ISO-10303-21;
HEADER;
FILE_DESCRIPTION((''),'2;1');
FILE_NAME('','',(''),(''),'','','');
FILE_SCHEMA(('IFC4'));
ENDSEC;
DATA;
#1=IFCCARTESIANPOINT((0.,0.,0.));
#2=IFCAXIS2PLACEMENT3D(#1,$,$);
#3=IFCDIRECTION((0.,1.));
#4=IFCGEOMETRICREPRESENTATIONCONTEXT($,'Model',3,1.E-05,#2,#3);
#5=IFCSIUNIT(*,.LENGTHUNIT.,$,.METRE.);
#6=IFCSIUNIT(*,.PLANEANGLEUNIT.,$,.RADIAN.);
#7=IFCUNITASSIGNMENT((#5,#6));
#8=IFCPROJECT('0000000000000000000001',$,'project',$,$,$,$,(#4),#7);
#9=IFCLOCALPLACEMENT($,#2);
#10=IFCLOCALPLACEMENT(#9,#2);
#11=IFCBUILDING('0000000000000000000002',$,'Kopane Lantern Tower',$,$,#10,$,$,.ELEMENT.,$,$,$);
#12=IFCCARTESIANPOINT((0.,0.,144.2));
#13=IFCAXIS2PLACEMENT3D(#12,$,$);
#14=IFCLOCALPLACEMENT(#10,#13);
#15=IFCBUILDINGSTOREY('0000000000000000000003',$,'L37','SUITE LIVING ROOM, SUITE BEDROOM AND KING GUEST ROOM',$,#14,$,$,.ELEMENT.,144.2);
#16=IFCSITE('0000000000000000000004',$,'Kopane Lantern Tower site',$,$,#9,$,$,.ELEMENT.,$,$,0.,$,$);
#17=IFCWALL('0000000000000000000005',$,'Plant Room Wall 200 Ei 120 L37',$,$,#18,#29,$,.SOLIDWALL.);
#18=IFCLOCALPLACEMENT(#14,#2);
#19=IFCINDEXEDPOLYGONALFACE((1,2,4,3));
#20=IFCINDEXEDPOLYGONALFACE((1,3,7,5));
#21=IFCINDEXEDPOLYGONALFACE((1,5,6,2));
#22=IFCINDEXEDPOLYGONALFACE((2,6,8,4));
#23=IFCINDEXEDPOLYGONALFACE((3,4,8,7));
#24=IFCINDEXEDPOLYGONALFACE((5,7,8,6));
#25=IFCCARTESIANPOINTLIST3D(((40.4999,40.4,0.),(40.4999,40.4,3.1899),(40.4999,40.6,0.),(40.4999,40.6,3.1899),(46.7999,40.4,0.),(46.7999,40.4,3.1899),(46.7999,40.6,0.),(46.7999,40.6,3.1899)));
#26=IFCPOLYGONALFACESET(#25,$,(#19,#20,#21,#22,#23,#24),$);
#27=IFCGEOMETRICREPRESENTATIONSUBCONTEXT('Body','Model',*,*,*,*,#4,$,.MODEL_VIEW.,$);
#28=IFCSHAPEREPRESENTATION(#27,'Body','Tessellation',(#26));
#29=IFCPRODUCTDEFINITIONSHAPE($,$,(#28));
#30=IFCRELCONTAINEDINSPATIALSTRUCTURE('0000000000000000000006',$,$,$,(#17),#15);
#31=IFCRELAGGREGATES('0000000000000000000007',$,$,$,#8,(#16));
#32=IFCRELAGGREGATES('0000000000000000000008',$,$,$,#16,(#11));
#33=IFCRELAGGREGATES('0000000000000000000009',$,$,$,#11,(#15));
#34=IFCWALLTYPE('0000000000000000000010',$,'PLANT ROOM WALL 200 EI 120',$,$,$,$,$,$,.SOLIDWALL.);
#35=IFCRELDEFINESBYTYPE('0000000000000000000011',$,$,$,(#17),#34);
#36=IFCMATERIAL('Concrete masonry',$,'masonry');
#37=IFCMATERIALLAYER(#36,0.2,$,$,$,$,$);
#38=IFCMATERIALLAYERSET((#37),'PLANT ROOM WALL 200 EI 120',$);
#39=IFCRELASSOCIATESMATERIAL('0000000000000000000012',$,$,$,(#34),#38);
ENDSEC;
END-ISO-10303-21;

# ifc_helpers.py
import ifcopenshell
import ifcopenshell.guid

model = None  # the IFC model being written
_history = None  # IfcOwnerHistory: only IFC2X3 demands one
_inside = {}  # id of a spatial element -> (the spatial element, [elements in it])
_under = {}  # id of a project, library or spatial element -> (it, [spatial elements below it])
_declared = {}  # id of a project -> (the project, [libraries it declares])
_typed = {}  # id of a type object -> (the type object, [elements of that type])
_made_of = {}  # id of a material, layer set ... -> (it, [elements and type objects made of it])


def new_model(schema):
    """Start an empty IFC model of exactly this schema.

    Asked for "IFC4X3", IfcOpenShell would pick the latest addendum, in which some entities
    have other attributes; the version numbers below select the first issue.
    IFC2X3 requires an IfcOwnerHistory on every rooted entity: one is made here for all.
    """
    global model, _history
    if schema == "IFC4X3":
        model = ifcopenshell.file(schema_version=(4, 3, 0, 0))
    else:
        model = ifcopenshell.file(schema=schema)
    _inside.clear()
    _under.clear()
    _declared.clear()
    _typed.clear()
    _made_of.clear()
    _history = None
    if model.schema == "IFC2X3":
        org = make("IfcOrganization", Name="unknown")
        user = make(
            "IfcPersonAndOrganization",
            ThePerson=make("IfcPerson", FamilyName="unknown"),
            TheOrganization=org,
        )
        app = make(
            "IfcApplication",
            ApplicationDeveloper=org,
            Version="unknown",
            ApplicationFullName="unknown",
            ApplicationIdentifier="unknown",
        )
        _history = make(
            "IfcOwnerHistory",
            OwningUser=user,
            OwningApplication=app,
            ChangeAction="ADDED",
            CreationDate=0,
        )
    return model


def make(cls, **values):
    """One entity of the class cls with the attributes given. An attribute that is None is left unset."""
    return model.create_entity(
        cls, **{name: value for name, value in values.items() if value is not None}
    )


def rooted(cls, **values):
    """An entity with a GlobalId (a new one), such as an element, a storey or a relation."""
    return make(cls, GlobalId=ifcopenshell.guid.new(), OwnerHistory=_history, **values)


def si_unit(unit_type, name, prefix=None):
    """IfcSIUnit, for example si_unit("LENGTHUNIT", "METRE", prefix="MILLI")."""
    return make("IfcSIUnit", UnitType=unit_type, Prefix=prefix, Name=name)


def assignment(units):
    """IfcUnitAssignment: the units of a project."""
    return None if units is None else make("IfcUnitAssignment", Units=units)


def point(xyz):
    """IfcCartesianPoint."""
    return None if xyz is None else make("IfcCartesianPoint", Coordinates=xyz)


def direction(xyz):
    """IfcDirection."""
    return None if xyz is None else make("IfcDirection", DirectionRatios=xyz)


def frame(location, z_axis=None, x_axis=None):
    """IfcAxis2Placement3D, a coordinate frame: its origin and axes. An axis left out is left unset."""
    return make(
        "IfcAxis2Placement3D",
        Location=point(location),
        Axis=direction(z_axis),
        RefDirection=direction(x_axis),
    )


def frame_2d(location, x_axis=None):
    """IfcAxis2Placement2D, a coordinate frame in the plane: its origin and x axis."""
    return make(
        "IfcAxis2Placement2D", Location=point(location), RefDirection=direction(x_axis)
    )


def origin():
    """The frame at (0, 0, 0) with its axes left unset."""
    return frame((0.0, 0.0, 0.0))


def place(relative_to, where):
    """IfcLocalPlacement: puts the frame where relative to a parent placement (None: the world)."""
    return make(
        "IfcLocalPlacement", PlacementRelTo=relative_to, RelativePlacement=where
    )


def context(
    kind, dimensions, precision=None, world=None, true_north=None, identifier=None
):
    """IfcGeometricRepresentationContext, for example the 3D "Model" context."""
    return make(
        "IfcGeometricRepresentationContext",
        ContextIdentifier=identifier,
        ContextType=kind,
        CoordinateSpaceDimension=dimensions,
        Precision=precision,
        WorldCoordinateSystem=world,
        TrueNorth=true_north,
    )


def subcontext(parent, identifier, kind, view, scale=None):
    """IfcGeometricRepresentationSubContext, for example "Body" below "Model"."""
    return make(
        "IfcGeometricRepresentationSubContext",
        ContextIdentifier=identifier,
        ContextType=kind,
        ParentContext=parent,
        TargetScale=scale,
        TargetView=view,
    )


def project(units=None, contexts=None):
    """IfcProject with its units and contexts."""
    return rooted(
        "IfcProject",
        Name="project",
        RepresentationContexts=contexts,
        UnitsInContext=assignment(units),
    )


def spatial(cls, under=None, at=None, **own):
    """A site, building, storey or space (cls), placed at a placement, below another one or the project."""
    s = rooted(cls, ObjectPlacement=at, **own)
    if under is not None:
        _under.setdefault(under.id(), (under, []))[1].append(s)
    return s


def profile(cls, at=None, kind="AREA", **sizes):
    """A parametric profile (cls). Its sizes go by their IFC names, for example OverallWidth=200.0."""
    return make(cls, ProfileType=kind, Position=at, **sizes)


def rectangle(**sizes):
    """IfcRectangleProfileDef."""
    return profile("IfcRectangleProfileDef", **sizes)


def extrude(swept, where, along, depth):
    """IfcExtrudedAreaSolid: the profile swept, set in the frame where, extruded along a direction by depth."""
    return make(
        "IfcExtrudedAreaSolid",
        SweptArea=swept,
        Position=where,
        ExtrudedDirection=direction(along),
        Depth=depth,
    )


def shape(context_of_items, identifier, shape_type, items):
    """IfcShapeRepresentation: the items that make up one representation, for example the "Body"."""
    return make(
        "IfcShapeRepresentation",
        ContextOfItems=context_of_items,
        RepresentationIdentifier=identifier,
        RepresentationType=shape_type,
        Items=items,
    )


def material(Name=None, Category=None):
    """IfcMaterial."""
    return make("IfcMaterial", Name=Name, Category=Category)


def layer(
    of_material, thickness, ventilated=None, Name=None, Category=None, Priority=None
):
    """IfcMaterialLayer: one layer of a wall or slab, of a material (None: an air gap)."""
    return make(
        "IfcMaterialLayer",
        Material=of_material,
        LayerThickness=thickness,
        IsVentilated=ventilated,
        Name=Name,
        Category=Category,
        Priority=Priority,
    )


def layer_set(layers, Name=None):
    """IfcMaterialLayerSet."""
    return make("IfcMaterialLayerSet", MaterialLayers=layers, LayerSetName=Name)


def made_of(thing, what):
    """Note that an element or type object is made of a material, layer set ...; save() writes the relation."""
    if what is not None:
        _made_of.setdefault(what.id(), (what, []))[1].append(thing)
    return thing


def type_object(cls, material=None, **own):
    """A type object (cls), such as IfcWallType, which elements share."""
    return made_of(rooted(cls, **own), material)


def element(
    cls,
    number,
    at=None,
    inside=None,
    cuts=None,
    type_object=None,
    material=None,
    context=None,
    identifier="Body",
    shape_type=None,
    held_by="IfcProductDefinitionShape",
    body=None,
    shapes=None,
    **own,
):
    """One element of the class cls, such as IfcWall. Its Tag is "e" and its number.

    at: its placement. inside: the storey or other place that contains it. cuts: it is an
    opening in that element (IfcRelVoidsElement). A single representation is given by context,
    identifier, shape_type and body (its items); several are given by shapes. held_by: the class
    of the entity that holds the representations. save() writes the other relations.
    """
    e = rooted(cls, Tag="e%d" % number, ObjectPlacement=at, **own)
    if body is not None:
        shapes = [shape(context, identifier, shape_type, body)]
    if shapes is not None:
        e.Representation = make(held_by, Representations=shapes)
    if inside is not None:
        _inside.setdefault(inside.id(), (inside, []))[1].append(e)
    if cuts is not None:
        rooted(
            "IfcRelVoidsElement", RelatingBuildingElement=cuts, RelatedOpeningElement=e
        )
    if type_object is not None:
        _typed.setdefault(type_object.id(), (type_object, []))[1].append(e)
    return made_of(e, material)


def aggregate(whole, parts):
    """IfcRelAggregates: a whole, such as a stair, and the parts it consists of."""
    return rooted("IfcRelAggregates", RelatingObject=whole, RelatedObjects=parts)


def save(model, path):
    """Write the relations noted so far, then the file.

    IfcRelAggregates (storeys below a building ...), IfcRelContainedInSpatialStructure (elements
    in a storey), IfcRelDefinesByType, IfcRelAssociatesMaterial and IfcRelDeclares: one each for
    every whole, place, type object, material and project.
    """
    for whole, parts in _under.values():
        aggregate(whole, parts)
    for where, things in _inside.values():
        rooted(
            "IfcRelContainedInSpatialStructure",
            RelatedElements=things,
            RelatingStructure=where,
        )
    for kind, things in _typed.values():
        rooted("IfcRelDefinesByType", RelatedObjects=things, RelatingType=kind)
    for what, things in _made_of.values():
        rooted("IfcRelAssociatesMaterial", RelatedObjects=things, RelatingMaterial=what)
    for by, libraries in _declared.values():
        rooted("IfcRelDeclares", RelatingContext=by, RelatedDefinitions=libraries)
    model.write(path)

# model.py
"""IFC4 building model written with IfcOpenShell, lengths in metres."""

from ifc_helpers import new_model, si_unit, direction, frame, frame_2d, origin, place, context, subcontext, project, spatial, rectangle, extrude, material, layer, layer_set, type_object, element, save


model = new_model("IFC4")

# Units and contexts
model_context = context("Model", 3, precision=1e-05, world=origin(), true_north=direction((0.0, 1.0)))
body_context = subcontext(model_context, "Body", "Model", "MODEL_VIEW")
ifc_project = project(units=[si_unit("LENGTHUNIT", "METRE"), si_unit("PLANEANGLEUNIT", "RADIAN")], contexts=[model_context])

# Site, building, storey
site_placement = place(None, origin())
site = spatial("IfcSite", under=ifc_project, at=site_placement, Name="Kopane Lantern Tower site", CompositionType="ELEMENT", RefElevation=0.0)
building_placement = place(site_placement, origin())
building = spatial("IfcBuilding", under=site, at=building_placement, Name="Kopane Lantern Tower", CompositionType="ELEMENT")
storey_placement = place(building_placement, frame((0.0, 0.0, 144.2)))
storey = spatial("IfcBuildingStorey", under=building, at=storey_placement, Name="L37", Description="SUITE LIVING ROOM, SUITE BEDROOM AND KING GUEST ROOM", CompositionType="ELEMENT", Elevation=144.2)

# Wall
ifc_material_1 = material(Name="Concrete masonry", Category="masonry")
ifc_layer_1 = layer(ifc_material_1, 0.2)
ifc_layer_set_1 = layer_set([ifc_layer_1], Name="PLANT ROOM WALL 200 EI 120")
wall_type_1 = type_object("IfcWallType", Name="PLANT ROOM WALL 200 EI 120", PredefinedType="SOLIDWALL", material=ifc_layer_set_1)
wall_1_placement = place(storey_placement, frame((40.5, 40.5, 0.0), z_axis=(0.0, 0.0, 1.0), x_axis=(1.0, 0.0, 0.0)))
element("IfcWall", 1, at=wall_1_placement, inside=storey, type_object=wall_type_1, Name="Plant Room Wall 200 Ei 120 L37", PredefinedType="SOLIDWALL", context=body_context, shape_type="SweptSolid", body=[
    extrude(rectangle(XDim=6.3, YDim=0.2, at=frame_2d((3.1499, 0.0))), origin(), (0.0, 0.0, 1.0), 3.1899),
])

save(model, "model.ifc")
